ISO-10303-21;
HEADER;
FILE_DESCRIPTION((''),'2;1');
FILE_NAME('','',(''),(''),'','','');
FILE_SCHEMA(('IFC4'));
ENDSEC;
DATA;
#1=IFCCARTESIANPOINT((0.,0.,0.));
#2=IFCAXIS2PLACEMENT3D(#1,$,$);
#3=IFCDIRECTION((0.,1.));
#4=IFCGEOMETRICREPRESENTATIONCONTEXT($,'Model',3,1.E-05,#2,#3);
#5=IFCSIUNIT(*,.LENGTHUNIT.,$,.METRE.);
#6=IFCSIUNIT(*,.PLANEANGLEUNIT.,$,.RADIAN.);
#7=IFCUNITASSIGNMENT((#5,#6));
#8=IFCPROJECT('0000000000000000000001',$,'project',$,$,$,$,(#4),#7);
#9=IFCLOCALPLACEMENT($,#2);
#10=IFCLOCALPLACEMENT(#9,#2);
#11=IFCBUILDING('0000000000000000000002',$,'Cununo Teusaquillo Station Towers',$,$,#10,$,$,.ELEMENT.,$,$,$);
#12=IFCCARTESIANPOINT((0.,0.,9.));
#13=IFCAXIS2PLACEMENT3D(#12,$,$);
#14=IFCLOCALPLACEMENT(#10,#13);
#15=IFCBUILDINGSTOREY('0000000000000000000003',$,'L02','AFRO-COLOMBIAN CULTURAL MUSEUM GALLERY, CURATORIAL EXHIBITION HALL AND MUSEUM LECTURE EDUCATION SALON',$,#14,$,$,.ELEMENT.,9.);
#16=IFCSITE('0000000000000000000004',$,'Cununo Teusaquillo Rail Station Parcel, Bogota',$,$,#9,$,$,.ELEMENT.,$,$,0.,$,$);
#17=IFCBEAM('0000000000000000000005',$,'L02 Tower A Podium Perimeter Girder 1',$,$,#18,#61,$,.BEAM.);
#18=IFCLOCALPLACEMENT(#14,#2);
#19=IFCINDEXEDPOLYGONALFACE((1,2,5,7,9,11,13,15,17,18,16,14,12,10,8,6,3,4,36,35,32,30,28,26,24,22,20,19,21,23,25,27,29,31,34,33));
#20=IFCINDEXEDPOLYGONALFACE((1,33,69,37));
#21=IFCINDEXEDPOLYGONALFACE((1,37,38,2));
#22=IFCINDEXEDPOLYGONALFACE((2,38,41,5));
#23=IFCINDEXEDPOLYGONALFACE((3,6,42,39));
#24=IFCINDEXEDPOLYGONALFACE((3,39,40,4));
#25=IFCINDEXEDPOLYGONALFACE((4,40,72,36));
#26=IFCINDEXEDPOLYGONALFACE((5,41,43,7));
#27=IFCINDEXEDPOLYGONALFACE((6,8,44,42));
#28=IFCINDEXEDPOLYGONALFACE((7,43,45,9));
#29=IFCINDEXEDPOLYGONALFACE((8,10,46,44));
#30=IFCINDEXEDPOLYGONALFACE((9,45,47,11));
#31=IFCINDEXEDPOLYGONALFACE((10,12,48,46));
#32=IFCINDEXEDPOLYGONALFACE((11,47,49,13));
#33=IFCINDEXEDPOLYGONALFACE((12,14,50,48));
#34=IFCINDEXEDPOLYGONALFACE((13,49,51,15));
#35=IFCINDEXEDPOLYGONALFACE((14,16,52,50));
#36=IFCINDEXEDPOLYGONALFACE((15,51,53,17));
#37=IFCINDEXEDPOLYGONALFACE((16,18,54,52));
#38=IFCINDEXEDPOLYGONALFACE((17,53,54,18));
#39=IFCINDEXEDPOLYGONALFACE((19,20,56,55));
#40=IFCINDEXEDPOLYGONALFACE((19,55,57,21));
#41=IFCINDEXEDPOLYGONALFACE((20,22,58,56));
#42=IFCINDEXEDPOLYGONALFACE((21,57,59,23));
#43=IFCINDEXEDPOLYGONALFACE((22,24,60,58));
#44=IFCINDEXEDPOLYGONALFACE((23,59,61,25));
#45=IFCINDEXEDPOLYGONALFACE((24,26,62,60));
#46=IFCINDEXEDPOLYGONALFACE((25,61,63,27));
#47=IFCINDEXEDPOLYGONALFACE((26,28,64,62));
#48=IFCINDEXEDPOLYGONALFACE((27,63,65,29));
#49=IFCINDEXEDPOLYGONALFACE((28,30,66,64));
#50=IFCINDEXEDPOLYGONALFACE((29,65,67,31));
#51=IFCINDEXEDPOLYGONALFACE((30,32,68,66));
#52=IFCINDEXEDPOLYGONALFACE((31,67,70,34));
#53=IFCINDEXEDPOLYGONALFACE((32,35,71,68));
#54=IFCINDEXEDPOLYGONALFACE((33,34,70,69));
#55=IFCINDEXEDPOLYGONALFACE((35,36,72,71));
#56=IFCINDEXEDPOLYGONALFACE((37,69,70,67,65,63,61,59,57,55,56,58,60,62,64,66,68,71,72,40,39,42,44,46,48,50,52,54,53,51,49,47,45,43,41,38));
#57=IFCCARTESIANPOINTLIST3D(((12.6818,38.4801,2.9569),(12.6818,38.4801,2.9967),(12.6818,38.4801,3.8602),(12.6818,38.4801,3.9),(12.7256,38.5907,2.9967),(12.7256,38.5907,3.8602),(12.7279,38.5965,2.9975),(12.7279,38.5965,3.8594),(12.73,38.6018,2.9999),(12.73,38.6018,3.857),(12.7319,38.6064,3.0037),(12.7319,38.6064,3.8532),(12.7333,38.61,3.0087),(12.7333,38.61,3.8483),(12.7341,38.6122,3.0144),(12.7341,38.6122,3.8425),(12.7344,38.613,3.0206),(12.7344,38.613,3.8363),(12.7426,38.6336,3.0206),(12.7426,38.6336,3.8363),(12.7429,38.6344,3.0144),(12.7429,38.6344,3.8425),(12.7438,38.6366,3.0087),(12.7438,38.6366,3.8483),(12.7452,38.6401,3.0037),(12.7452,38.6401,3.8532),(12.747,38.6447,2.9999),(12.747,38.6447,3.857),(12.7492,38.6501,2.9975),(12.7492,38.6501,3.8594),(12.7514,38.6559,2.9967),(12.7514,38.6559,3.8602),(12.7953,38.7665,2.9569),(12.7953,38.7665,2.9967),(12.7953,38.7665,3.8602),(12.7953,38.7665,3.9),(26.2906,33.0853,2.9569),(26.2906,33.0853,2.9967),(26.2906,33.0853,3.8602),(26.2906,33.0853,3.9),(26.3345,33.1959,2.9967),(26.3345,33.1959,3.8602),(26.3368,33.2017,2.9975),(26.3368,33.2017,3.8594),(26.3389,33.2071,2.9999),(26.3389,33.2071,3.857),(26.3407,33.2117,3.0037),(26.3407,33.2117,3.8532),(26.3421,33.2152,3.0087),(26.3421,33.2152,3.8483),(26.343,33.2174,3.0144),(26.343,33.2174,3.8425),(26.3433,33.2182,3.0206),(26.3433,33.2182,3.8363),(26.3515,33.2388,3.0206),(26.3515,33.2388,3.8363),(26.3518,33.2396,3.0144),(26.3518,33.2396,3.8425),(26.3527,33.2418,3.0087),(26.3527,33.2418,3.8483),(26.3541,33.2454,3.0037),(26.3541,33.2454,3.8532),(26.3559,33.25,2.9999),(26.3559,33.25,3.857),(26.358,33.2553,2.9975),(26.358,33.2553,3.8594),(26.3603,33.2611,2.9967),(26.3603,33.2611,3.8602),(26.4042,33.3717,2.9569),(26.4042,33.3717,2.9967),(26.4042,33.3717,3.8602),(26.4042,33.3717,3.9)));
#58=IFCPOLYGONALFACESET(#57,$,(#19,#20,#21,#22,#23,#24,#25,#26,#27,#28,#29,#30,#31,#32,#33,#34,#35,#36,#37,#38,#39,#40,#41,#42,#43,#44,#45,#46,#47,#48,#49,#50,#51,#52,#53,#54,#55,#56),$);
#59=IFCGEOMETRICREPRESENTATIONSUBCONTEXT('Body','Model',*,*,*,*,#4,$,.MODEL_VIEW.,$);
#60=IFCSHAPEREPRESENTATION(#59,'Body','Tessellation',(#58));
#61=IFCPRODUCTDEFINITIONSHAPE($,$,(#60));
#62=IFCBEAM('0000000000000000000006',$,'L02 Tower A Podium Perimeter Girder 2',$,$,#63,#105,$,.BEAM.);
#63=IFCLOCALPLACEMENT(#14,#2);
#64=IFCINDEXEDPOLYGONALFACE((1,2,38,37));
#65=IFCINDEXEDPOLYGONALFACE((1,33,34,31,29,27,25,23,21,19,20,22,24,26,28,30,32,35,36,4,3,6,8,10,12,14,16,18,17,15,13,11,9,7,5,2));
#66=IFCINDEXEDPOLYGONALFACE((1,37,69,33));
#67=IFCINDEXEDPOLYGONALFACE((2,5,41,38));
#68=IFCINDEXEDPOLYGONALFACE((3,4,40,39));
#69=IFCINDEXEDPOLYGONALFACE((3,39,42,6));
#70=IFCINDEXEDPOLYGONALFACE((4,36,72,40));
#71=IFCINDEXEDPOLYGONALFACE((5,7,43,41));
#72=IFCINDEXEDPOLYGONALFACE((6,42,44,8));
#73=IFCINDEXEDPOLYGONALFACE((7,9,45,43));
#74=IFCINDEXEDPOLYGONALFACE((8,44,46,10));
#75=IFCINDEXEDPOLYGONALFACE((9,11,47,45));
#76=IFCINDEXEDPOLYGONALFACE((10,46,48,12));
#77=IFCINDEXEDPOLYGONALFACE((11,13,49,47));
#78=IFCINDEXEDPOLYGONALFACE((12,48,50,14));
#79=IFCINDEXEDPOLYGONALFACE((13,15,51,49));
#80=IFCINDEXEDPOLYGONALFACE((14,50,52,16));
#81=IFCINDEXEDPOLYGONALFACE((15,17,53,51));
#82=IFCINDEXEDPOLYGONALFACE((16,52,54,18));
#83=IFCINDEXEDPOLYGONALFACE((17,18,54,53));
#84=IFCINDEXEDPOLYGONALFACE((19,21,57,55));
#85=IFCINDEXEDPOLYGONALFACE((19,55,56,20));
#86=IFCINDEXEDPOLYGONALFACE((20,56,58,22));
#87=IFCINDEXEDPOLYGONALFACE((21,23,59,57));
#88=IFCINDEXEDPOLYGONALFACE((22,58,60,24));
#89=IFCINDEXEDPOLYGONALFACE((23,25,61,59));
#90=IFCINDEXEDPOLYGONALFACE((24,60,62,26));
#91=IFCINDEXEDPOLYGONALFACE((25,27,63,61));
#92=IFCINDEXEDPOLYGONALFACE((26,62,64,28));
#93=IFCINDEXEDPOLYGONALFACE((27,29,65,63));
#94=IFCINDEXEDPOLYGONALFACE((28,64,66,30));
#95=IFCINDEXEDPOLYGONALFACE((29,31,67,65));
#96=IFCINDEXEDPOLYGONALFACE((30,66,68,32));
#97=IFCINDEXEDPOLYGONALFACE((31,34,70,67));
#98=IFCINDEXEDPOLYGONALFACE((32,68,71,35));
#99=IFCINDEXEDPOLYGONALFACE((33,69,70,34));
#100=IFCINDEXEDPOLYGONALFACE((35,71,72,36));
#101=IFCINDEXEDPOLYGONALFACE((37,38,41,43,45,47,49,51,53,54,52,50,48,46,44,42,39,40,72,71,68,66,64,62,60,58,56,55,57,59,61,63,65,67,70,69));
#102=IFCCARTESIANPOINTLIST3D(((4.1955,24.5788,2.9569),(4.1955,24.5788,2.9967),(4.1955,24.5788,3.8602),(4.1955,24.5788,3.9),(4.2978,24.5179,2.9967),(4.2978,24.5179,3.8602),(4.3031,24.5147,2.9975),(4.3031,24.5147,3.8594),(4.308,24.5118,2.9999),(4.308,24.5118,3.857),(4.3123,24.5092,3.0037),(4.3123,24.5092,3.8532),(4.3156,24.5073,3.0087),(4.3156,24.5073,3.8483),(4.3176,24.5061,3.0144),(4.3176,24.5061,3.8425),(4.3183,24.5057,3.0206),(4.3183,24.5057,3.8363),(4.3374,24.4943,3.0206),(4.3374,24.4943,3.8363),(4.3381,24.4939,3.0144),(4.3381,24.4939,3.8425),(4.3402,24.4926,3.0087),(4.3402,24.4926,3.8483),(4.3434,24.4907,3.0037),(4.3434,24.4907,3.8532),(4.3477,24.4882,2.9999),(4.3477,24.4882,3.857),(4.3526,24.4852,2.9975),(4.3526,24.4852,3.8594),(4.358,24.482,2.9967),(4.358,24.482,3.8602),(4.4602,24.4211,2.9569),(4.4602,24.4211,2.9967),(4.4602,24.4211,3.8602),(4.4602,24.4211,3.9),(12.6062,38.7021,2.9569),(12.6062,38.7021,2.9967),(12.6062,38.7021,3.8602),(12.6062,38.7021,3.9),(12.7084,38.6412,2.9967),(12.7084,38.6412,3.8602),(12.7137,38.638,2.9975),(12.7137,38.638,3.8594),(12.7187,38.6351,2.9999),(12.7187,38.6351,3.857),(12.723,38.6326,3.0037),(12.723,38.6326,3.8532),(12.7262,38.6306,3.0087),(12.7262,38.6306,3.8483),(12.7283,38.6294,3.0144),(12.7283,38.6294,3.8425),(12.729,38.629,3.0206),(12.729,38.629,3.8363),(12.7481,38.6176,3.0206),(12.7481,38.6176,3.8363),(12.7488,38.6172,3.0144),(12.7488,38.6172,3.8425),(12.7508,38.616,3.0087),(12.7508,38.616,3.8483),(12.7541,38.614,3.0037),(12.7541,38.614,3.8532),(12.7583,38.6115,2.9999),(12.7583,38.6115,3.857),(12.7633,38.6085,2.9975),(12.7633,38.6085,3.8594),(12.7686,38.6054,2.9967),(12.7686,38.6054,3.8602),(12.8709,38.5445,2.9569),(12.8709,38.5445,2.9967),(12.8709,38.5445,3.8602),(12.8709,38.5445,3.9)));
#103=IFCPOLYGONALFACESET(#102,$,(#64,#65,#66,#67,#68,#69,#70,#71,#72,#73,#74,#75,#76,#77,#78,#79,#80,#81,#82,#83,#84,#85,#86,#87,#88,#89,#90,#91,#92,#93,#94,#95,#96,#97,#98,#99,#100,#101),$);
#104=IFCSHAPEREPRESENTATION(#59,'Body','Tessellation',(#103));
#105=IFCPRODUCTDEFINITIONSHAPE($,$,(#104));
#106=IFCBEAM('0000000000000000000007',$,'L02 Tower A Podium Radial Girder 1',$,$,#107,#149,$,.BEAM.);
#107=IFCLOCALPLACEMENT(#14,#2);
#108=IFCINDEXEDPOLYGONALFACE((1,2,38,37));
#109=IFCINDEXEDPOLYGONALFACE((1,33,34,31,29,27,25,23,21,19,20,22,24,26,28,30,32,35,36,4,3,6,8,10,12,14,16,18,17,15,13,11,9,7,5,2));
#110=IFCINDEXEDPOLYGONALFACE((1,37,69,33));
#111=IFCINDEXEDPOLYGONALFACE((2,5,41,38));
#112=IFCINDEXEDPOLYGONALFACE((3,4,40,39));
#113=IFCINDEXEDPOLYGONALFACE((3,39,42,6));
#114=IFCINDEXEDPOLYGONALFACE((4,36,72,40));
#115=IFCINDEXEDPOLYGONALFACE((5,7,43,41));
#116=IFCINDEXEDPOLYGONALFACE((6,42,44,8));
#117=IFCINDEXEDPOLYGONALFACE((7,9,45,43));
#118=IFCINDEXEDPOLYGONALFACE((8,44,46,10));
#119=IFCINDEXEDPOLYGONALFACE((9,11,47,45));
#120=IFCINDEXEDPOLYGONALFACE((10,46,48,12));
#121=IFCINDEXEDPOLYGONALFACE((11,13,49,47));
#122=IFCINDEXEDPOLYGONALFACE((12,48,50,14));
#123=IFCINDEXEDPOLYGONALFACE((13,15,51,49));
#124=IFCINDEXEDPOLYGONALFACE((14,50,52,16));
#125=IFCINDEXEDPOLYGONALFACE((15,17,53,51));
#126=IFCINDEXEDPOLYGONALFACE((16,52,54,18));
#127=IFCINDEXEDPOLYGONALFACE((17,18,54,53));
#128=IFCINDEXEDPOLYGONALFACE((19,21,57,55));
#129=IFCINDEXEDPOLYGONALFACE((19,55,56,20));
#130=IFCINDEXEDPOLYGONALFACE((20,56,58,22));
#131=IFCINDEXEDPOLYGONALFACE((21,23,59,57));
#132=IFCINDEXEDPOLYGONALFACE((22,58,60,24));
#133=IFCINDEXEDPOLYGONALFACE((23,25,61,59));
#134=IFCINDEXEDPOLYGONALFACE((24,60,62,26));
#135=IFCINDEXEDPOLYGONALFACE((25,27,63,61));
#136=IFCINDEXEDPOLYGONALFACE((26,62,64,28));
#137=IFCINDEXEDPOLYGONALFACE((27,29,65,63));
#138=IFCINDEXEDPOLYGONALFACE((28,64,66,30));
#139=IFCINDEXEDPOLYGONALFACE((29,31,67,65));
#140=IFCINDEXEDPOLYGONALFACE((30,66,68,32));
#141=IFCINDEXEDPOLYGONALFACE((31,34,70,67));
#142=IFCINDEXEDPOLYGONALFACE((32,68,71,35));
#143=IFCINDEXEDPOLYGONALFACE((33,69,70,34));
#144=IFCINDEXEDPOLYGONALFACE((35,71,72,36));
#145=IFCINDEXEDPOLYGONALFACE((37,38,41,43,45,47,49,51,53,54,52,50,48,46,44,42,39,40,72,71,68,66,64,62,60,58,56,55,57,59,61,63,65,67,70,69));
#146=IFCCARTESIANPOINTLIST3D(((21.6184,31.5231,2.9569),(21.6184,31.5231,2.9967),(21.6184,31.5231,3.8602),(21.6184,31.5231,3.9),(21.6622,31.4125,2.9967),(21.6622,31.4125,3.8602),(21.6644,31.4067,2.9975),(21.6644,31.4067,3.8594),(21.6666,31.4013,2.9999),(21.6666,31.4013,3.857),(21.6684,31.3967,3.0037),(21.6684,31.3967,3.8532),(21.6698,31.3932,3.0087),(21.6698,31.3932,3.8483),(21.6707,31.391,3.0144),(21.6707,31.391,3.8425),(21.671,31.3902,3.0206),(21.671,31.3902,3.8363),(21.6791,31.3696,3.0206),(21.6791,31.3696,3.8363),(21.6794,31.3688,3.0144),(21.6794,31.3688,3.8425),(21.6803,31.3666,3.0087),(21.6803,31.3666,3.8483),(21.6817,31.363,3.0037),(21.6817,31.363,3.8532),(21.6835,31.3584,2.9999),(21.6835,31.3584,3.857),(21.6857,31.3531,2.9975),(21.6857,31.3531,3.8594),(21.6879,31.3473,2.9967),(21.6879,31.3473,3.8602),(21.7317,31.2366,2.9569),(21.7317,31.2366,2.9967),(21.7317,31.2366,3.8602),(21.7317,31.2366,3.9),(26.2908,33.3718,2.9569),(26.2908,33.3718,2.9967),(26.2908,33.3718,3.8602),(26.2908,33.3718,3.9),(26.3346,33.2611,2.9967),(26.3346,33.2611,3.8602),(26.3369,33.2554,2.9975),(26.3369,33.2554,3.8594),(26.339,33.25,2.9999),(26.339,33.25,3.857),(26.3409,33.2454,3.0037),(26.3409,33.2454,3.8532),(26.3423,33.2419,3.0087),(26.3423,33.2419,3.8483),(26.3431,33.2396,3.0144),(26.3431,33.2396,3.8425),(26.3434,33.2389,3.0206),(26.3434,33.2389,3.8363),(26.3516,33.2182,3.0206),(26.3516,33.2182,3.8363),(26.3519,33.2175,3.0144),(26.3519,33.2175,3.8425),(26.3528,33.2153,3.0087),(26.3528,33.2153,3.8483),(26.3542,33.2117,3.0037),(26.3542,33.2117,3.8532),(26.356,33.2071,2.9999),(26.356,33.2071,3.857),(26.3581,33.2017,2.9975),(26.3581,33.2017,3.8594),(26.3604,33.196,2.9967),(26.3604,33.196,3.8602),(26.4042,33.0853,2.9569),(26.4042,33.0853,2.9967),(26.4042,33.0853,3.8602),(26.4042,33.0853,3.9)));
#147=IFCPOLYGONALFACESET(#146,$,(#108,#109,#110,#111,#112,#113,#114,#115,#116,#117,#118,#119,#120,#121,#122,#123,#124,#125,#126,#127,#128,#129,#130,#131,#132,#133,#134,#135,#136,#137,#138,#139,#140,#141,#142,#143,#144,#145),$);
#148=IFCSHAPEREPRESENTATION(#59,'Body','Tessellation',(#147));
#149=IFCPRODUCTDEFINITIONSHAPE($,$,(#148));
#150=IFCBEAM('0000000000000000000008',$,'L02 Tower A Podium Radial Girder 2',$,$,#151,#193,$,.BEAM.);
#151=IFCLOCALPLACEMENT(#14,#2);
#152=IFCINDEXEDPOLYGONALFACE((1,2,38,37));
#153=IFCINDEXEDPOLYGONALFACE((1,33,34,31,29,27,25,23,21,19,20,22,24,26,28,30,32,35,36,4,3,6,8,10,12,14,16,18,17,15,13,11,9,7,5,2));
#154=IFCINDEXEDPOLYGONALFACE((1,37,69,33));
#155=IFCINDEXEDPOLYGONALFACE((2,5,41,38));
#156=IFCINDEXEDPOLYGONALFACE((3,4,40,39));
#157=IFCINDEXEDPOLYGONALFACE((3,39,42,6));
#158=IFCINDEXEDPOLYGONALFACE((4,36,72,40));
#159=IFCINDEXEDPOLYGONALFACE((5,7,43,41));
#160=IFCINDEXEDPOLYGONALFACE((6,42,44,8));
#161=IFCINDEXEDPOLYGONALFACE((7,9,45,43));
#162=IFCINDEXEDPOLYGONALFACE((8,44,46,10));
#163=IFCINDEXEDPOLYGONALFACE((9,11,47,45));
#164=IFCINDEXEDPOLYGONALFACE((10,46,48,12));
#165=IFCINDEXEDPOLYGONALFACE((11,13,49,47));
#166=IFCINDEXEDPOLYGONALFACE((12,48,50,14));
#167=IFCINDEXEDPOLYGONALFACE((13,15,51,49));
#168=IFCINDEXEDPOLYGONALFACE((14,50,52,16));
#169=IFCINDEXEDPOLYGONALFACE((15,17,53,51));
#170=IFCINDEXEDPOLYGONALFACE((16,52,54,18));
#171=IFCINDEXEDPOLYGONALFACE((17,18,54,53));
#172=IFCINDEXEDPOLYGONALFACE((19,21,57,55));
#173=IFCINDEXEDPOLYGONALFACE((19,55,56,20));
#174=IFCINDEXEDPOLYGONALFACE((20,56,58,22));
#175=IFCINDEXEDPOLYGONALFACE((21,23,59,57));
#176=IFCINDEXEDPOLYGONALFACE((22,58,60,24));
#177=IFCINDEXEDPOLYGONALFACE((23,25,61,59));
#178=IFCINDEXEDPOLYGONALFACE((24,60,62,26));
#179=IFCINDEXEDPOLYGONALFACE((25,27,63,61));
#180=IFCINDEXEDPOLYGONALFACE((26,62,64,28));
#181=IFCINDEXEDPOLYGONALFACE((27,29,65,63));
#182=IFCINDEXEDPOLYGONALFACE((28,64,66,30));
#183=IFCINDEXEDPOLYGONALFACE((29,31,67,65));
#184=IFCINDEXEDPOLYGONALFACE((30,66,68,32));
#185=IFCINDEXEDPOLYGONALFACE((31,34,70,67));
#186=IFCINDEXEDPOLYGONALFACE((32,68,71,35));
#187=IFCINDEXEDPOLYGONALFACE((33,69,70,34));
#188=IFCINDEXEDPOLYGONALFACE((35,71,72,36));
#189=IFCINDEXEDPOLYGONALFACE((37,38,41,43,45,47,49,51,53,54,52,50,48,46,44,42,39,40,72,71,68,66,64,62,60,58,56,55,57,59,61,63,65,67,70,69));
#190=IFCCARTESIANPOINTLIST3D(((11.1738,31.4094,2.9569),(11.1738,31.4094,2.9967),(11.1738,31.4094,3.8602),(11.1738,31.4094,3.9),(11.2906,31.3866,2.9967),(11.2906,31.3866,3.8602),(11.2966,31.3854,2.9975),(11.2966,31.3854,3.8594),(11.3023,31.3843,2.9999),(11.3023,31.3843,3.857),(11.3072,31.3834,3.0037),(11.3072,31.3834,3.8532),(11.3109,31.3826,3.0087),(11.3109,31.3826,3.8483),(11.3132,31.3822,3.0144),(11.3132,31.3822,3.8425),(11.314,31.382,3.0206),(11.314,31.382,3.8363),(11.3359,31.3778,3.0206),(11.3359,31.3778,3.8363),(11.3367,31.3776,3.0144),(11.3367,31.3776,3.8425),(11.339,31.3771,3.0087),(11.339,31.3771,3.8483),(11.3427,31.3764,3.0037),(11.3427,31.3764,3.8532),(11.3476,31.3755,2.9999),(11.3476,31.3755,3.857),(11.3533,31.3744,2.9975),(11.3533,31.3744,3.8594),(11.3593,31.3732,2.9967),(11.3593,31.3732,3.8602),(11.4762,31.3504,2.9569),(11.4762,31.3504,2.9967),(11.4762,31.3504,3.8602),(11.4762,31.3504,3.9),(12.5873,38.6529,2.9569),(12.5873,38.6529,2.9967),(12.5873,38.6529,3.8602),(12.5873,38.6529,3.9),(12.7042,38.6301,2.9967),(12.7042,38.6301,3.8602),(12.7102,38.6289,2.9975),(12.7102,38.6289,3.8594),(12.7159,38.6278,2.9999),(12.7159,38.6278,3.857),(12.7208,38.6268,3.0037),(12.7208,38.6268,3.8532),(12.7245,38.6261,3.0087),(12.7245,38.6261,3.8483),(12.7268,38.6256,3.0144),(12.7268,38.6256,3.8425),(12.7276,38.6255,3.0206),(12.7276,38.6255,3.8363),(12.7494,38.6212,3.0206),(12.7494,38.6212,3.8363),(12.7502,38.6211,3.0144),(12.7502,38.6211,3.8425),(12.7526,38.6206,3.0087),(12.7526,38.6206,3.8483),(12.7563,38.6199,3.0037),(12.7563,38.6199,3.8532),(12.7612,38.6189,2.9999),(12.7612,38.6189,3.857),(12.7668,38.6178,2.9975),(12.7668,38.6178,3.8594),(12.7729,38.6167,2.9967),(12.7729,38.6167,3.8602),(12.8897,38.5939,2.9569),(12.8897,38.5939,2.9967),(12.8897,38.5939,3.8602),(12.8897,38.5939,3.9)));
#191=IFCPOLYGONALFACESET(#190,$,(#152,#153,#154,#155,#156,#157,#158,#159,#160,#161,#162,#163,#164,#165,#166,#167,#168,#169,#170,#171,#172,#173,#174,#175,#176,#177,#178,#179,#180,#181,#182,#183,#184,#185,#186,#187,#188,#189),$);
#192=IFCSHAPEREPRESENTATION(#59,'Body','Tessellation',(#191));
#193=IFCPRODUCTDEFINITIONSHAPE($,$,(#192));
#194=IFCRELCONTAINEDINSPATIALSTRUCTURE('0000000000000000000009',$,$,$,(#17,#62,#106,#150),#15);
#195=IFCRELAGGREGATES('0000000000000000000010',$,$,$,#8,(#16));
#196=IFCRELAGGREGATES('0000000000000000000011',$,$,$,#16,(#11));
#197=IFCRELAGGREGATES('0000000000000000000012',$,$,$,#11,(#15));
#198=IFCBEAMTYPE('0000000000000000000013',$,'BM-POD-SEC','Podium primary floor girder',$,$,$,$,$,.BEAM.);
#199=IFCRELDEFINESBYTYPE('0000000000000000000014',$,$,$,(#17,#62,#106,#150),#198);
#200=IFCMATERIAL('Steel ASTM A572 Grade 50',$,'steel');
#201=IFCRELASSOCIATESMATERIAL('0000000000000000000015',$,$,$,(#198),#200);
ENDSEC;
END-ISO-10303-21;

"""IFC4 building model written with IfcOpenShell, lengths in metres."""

from ifc_helpers import new_model, si_unit, direction, frame, origin, origin_2d, place, context, subcontext, project, spatial, i_section, extrude, material, material_profile, profile_set, type_object, element, save


model = new_model("IFC4")

# Units and contexts
model_context = context("Model", 3, precision=1e-05, world=origin(), true_north=direction((0.0, 1.0)))
body_context = subcontext(model_context, "Body", "Model", "MODEL_VIEW")
ifc_project = project(units=[si_unit("LENGTHUNIT", "METRE"), si_unit("PLANEANGLEUNIT", "RADIAN")], contexts=[model_context])

# Site, building, storey
site_placement = place(None, origin())
site = spatial("IfcSite", under=ifc_project, at=site_placement, Name="Cununo Teusaquillo Rail Station Parcel, Bogota", CompositionType="ELEMENT", RefElevation=0.0)
building_placement = place(site_placement, origin())
building = spatial("IfcBuilding", under=site, at=building_placement, Name="Cununo Teusaquillo Station Towers", CompositionType="ELEMENT")
storey_placement = place(building_placement, frame((0.0, 0.0, 9.0)))
storey = spatial("IfcBuildingStorey", under=building, at=storey_placement, Name="L02", Description="AFRO-COLOMBIAN CULTURAL MUSEUM GALLERY, CURATORIAL EXHIBITION HALL AND MUSEUM LECTURE EDUCATION SALON", CompositionType="ELEMENT", Elevation=9.0)

# Beams
ifc_material_1 = material(Name="Steel ASTM A572 Grade 50", Category="steel")
ifc_material_profile_1 = material_profile(ifc_material_1, i_section(OverallWidth=0.3081, OverallDepth=0.9431, WebThickness=0.0222, FlangeThickness=0.0398, FilletRadius=0.0239, at=origin_2d()), Name="W36X232")
ifc_profile_set_1 = profile_set([ifc_material_profile_1], Name="Steel ASTM A572 Grade 50")
beam_type_1 = type_object("IfcBeamType", Name="BM-POD-SEC", Description="Podium primary floor girder", PredefinedType="BEAM", material=ifc_profile_set_1)
beam_1_placement = place(storey_placement, frame((26.3474, 33.2285, 3.4285), z_axis=(-0.929621, 0.368516, 0.0), x_axis=(-0.368516, -0.929621, 0.0)))
element("IfcBeam", 1, at=beam_1_placement, inside=storey, type_object=beam_type_1, Name="L02 Tower A Podium Perimeter Girder 1", PredefinedType="BEAM", context=body_context, shape_type="SweptSolid", body=[
    extrude(i_section(OverallWidth=0.3081, OverallDepth=0.9431, WebThickness=0.0222, FlangeThickness=0.0398, FilletRadius=0.0239, at=origin_2d()), origin(), (0.0, 0.0, 1.0), 14.6392),
])
beam_2_placement = place(storey_placement, frame((12.7385, 38.6233, 3.4285), z_axis=(-0.51166, -0.859188, 0.0), x_axis=(0.859188, -0.51166, 0.0)))
element("IfcBeam", 2, at=beam_2_placement, inside=storey, type_object=beam_type_1, Name="L02 Tower A Podium Perimeter Girder 2", PredefinedType="BEAM", context=body_context, shape_type="SweptSolid", body=[
    extrude(i_section(OverallWidth=0.3081, OverallDepth=0.9431, WebThickness=0.0222, FlangeThickness=0.0398, FilletRadius=0.0239, at=origin_2d()), origin(), (0.0, 0.0, 1.0), 16.438),
])
beam_3_placement = place(storey_placement, frame((21.675, 31.3799, 3.4285), z_axis=(0.929864, 0.367903, 0.0), x_axis=(-0.367903, 0.929864, 0.0)))
element("IfcBeam", 3, at=beam_3_placement, inside=storey, type_object=beam_type_1, Name="L02 Tower A Podium Radial Girder 1", PredefinedType="BEAM", context=body_context, shape_type="SweptSolid", body=[
    extrude(i_section(OverallWidth=0.3081, OverallDepth=0.9431, WebThickness=0.0222, FlangeThickness=0.0398, FilletRadius=0.0239, at=origin_2d()), origin(), (0.0, 0.0, 1.0), 5.0249),
])
beam_4_placement = place(storey_placement, frame((11.325, 31.3799, 3.4285), z_axis=(0.19154, 0.981485, 0.0), x_axis=(-0.981485, 0.19154, 0.0)))
element("IfcBeam", 4, at=beam_4_placement, inside=storey, type_object=beam_type_1, Name="L02 Tower A Podium Radial Girder 2", PredefinedType="BEAM", context=body_context, shape_type="SweptSolid", body=[
    extrude(i_section(OverallWidth=0.3081, OverallDepth=0.9431, WebThickness=0.0222, FlangeThickness=0.0398, FilletRadius=0.0239, at=origin_2d()), origin(), (0.0, 0.0, 1.0), 7.3801),
])

save(model, "model.ifc")
